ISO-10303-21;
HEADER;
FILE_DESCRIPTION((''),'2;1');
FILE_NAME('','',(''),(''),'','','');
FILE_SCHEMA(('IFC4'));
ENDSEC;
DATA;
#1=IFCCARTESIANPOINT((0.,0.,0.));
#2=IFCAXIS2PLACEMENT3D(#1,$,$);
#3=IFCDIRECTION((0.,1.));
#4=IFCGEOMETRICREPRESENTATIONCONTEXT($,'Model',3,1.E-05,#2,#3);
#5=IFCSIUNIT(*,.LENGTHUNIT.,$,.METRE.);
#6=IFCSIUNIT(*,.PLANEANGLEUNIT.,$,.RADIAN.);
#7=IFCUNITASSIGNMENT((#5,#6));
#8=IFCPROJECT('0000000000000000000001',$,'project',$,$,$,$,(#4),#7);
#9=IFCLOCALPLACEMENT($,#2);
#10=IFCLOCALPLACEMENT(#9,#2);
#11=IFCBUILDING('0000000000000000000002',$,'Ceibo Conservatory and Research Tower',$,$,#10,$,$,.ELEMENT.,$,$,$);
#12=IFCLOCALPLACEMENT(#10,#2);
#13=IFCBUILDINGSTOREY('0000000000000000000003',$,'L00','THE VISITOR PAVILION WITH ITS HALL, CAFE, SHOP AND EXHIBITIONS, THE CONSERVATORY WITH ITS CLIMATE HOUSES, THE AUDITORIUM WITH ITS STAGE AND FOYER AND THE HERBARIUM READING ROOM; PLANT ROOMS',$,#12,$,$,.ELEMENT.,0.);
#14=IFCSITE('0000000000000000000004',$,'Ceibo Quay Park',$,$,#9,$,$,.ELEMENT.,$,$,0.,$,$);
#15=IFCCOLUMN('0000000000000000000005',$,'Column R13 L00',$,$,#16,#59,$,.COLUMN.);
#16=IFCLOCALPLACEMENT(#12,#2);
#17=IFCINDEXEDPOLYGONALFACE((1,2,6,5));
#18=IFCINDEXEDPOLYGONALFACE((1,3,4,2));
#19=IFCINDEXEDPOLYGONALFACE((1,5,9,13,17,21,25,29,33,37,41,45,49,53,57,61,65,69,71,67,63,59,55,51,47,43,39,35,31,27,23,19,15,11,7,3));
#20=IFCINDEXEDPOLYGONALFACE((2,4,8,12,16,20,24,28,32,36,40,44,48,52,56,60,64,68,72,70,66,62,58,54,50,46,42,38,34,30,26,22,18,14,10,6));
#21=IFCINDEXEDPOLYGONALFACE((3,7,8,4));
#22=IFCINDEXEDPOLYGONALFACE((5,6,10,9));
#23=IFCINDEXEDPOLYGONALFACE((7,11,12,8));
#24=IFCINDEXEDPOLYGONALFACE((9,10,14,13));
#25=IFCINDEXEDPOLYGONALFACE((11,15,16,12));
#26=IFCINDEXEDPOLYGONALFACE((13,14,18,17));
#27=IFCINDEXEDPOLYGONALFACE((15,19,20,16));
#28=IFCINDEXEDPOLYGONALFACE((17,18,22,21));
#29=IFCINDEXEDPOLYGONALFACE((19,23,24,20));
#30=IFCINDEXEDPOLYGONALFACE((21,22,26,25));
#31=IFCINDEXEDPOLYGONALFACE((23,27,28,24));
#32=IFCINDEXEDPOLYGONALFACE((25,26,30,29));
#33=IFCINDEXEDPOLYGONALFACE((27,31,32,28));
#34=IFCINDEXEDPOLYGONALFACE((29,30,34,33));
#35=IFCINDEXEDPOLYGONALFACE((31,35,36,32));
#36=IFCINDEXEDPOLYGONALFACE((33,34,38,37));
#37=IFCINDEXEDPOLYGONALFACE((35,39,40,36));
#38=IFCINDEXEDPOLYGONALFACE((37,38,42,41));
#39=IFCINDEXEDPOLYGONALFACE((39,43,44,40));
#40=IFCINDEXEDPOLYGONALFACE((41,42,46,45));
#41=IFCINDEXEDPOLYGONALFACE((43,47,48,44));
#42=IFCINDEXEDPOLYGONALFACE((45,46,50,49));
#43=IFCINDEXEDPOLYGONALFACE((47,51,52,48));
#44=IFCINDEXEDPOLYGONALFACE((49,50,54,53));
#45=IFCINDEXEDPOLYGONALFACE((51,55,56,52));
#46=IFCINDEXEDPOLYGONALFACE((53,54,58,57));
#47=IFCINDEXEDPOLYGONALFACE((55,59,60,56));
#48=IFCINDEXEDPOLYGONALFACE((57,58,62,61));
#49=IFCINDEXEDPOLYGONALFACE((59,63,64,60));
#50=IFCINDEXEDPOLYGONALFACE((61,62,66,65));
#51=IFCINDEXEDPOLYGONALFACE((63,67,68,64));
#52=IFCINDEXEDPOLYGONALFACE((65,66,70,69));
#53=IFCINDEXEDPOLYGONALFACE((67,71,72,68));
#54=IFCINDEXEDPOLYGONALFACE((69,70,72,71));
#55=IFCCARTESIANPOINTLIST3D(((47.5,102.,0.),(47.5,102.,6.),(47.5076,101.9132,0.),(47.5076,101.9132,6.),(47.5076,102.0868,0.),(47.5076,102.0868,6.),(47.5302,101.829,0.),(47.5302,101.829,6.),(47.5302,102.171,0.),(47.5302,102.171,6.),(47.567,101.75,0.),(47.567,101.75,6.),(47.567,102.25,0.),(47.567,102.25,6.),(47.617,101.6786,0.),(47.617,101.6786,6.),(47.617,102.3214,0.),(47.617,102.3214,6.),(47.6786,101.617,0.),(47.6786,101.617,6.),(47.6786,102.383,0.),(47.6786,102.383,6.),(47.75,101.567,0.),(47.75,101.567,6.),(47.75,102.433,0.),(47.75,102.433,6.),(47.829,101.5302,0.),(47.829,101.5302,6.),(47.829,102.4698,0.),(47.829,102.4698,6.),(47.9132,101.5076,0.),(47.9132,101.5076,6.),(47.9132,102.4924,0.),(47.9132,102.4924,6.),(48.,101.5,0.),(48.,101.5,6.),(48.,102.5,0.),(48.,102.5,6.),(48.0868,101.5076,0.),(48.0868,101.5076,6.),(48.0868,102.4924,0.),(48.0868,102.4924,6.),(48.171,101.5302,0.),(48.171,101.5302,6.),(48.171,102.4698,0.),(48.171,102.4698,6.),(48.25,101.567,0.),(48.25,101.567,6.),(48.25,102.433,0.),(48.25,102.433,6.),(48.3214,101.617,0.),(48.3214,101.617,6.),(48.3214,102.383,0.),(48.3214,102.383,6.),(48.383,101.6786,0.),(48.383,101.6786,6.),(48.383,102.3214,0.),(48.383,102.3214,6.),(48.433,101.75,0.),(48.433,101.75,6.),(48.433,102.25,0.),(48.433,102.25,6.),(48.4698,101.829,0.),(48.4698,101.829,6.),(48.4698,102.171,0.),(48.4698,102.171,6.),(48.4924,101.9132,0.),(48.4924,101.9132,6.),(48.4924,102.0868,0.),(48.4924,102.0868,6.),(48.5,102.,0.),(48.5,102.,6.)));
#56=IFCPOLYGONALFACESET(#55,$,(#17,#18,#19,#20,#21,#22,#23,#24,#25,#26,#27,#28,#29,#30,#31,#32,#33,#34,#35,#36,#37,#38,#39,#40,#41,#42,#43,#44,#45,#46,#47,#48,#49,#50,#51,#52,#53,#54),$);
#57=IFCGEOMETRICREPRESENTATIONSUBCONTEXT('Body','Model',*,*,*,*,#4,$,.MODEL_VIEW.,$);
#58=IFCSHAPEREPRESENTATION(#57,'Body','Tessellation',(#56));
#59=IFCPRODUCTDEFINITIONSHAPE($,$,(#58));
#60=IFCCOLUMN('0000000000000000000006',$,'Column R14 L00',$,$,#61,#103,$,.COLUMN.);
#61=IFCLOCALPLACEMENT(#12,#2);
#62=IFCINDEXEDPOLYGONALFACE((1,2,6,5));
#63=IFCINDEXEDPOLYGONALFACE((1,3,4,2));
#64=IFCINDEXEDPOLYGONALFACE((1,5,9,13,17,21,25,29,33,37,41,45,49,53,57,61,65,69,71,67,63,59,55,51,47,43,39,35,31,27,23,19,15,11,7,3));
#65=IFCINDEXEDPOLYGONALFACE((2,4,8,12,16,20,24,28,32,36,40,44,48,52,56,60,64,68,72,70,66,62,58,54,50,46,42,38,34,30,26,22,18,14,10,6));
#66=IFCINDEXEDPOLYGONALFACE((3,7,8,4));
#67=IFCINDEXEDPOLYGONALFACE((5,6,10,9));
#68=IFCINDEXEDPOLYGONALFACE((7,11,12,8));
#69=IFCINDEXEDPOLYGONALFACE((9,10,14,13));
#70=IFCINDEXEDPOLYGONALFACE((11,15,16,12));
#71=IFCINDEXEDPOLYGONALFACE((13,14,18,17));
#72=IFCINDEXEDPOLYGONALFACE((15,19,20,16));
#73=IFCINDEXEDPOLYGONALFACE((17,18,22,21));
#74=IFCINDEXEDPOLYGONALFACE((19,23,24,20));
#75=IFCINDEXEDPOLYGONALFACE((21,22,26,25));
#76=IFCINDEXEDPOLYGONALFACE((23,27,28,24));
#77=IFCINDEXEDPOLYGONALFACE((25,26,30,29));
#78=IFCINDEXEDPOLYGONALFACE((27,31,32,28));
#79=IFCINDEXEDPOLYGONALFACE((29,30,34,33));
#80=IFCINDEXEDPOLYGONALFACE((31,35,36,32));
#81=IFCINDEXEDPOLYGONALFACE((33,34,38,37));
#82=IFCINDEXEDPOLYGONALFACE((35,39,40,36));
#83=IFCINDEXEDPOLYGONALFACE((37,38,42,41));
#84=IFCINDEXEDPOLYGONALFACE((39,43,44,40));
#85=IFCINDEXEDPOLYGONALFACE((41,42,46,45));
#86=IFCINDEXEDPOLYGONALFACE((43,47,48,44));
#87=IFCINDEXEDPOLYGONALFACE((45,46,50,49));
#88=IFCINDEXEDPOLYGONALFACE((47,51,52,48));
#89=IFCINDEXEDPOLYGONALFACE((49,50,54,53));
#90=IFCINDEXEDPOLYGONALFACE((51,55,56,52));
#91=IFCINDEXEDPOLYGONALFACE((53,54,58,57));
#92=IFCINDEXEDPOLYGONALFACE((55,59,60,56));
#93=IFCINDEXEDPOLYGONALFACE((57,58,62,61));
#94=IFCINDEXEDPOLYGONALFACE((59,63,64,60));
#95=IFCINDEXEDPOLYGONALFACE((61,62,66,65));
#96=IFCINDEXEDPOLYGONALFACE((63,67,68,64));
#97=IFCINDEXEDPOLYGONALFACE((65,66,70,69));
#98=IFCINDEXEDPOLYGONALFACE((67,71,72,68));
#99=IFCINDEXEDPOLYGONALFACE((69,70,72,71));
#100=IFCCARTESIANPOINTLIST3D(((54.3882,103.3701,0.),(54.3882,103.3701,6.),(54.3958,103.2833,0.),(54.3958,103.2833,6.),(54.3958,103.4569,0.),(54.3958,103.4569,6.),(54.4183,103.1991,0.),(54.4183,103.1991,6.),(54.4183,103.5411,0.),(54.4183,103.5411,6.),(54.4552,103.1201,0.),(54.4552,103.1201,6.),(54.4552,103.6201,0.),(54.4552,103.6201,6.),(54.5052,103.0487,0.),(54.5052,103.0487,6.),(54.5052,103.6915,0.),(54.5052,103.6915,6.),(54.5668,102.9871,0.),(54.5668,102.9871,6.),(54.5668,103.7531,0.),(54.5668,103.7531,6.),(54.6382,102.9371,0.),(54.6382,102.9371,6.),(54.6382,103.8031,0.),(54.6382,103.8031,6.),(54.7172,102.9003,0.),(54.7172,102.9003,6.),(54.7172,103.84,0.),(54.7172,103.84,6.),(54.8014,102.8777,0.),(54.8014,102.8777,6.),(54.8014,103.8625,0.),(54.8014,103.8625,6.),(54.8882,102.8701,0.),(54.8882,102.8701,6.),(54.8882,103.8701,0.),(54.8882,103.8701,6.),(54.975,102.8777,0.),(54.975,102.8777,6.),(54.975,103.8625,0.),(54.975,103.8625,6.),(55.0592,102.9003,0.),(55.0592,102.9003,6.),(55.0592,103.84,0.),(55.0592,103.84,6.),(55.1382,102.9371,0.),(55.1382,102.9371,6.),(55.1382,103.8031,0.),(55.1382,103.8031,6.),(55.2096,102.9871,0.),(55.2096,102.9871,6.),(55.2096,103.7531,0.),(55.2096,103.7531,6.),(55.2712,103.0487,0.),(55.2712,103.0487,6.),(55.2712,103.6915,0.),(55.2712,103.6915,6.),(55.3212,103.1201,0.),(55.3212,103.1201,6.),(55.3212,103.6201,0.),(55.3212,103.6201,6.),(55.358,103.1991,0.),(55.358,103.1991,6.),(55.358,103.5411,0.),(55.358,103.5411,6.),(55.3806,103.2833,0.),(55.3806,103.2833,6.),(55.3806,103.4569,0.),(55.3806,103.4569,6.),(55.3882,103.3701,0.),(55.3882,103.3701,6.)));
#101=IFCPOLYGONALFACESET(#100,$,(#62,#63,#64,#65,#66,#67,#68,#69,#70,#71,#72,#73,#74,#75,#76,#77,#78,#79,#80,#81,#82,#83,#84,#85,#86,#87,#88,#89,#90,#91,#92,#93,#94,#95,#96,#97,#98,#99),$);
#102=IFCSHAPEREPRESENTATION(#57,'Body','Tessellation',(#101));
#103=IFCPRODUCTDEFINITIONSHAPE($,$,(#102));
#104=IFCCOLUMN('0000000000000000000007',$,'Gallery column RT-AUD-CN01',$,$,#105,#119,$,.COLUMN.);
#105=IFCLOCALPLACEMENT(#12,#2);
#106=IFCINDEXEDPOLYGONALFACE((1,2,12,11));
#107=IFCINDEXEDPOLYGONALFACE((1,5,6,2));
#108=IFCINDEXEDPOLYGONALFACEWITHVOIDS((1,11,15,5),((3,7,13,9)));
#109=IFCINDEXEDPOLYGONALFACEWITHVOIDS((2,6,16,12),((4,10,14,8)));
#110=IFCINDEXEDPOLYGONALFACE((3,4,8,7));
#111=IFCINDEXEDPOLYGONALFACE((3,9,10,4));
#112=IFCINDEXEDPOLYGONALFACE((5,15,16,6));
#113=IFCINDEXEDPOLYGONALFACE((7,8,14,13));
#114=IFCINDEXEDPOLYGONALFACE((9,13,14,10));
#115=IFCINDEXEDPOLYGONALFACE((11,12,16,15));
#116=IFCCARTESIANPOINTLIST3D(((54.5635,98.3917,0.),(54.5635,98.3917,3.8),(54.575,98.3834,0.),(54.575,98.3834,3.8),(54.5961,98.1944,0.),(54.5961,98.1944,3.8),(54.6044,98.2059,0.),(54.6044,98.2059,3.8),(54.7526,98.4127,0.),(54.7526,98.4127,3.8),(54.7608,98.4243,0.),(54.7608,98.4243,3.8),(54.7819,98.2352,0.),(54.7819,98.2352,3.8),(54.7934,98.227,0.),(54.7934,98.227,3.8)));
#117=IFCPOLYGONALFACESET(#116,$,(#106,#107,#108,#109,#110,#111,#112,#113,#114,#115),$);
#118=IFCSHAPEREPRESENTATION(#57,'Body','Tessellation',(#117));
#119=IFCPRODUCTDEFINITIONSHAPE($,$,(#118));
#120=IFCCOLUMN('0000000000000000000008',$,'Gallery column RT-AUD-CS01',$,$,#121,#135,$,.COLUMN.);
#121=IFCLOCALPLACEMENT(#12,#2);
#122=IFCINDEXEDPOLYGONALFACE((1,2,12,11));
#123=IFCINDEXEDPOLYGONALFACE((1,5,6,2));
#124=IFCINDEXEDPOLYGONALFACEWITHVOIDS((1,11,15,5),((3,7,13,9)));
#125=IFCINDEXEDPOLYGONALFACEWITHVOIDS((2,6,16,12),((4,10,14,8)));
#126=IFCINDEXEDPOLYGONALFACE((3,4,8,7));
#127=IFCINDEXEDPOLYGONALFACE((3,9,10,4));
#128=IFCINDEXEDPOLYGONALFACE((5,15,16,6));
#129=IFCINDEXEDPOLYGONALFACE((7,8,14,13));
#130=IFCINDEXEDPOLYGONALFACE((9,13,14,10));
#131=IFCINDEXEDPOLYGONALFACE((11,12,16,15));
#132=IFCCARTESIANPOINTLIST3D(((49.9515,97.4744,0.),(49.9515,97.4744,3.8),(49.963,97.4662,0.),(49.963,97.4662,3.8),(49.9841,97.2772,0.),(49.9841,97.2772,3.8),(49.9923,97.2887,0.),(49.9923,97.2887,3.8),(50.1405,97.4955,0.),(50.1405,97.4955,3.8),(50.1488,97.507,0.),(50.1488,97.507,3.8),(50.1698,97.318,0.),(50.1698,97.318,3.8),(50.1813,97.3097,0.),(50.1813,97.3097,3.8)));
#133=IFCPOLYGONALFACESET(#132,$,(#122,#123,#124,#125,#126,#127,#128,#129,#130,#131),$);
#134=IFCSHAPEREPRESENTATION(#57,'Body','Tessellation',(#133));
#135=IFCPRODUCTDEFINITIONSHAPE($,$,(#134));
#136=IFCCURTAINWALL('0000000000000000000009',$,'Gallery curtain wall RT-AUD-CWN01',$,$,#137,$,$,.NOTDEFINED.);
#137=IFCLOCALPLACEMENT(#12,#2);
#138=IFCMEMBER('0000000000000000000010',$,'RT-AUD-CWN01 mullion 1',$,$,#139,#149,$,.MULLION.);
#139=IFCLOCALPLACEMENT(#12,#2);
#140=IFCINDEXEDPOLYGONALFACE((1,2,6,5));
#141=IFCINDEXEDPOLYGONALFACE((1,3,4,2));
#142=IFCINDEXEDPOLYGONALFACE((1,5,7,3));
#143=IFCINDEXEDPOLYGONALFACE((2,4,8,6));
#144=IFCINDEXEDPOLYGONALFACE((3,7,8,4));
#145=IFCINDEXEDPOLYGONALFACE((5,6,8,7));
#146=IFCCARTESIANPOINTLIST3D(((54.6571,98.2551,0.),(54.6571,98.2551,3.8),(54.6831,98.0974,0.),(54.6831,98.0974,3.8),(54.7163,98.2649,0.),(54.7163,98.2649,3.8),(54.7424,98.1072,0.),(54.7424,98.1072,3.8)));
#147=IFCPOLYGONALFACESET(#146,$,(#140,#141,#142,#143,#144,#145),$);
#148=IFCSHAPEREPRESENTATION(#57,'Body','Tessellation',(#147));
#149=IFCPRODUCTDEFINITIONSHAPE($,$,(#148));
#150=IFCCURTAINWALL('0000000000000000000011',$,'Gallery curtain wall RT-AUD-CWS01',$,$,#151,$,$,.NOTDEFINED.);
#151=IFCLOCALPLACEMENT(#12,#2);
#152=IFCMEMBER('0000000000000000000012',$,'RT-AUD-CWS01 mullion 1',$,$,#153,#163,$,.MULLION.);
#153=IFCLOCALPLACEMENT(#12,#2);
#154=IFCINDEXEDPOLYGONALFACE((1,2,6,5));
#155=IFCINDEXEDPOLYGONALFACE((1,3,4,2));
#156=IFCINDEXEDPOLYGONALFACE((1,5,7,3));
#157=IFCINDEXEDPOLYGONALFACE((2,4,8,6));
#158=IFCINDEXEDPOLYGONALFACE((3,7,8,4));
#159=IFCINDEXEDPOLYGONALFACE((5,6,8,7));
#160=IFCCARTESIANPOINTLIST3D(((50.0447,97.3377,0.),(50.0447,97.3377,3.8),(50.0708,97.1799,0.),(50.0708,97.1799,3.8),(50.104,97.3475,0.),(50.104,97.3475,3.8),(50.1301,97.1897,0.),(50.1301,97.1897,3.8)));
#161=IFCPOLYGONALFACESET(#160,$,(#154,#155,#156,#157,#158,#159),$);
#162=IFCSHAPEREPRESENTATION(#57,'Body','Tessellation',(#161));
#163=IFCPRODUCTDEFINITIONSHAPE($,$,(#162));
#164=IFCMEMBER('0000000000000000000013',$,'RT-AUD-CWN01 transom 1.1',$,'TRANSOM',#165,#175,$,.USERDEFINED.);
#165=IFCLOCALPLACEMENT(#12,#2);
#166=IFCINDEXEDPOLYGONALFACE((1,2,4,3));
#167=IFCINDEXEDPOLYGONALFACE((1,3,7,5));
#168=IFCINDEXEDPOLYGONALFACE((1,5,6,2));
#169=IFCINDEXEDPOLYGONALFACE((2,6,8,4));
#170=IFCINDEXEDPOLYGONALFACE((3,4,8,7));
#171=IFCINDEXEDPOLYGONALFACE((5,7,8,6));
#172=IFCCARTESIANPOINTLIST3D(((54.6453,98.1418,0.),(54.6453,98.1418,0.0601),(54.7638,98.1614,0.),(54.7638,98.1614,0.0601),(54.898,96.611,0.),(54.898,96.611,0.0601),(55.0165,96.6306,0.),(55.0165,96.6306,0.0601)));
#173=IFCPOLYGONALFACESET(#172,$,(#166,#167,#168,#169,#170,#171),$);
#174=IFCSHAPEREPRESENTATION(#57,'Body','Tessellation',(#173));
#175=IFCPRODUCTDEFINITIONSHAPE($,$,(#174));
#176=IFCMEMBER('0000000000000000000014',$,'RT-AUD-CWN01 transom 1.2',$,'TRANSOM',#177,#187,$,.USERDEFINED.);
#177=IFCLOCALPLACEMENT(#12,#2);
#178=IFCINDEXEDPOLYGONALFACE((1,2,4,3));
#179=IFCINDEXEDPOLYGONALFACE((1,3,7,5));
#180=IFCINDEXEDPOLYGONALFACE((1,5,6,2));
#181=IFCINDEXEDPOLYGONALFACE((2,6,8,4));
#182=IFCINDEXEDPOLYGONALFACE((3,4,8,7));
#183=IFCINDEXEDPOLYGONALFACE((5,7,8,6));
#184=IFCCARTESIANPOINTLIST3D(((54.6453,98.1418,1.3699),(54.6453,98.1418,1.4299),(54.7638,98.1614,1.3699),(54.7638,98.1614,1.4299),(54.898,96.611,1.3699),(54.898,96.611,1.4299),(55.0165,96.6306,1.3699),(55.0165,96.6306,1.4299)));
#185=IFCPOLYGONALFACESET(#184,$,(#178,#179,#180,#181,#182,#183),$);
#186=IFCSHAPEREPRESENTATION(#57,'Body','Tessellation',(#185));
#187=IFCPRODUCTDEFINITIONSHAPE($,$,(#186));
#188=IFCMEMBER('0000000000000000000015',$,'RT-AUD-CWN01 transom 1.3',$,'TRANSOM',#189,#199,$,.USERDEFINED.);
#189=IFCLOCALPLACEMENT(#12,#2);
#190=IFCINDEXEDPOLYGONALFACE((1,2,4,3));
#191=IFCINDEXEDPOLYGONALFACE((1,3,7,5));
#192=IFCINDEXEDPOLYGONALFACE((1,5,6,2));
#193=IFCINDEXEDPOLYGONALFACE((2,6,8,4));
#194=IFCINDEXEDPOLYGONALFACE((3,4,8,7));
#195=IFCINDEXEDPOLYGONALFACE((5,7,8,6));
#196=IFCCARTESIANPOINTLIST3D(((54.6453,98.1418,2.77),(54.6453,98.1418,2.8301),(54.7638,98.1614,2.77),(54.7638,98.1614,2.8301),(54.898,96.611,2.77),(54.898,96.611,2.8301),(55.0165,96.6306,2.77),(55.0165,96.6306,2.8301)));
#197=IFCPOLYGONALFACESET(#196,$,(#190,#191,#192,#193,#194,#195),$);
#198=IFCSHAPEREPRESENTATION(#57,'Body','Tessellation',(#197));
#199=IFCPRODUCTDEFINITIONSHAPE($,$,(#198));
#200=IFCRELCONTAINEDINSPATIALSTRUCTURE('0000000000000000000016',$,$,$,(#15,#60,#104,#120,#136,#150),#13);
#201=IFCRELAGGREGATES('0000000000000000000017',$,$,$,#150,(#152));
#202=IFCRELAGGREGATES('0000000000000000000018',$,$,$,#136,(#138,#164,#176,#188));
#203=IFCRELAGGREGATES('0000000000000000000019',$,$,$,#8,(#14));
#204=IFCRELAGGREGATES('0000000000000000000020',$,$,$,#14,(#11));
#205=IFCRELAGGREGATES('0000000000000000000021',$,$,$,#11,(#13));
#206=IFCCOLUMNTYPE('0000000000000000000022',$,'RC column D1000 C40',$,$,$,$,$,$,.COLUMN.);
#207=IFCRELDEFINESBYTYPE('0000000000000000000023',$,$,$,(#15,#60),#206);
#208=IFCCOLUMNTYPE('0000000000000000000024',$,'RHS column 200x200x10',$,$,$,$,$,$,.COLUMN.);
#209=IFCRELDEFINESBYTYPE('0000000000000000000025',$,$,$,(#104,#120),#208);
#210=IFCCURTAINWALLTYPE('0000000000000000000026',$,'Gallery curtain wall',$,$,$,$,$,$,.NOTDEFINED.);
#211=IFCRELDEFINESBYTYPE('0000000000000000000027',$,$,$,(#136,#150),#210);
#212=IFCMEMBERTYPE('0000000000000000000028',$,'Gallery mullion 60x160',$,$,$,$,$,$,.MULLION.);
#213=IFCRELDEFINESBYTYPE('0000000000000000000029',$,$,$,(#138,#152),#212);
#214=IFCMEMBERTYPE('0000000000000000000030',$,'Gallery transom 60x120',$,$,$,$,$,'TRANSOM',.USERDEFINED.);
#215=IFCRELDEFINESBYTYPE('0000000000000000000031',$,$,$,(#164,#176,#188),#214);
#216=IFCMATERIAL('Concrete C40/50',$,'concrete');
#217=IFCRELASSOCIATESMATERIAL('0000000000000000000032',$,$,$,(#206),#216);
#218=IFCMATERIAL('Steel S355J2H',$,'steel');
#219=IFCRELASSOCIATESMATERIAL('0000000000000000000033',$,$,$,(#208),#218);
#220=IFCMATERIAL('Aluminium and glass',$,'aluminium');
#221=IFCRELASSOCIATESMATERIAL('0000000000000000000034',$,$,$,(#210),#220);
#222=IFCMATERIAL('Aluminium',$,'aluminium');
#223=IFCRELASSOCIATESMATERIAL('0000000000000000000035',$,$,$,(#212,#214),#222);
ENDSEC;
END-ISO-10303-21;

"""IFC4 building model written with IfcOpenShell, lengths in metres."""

from ifc_helpers import new_model, si_unit, direction, frame, origin, origin_2d, place, context, subcontext, project, spatial, rectangle, hollow_rectangle, circle, extrude, material, material_profile, profile_set, type_object, element, aggregate, save


model = new_model("IFC4")

# Units and contexts
model_context = context("Model", 3, precision=1e-05, world=origin(), true_north=direction((0.0, 1.0)))
body_context = subcontext(model_context, "Body", "Model", "MODEL_VIEW")
ifc_project = project(units=[si_unit("LENGTHUNIT", "METRE"), si_unit("PLANEANGLEUNIT", "RADIAN")], contexts=[model_context])

# Site, building, storey
site_placement = place(None, origin())
site = spatial("IfcSite", under=ifc_project, at=site_placement, Name="Ceibo Quay Park", CompositionType="ELEMENT", RefElevation=0.0)
building_placement = place(site_placement, origin())
building = spatial("IfcBuilding", under=site, at=building_placement, Name="Ceibo Conservatory and Research Tower", CompositionType="ELEMENT")
storey_placement = place(building_placement, origin())
storey = spatial("IfcBuildingStorey", under=building, at=storey_placement, Name="L00", Description="THE VISITOR PAVILION WITH ITS HALL, CAFE, SHOP AND EXHIBITIONS, THE CONSERVATORY WITH ITS CLIMATE HOUSES, THE AUDITORIUM WITH ITS STAGE AND FOYER AND THE HERBARIUM READING ROOM; PLANT ROOMS", CompositionType="ELEMENT", Elevation=0.0)

# Columns
ifc_material_1 = material(Name="Concrete C40/50", Category="concrete")
ifc_material_profile_1 = material_profile(ifc_material_1, circle(Radius=0.5, at=origin_2d()), Name="RC D1000")
ifc_profile_set_1 = profile_set([ifc_material_profile_1], Name="Concrete C40/50")
column_type_1 = type_object("IfcColumnType", Name="RC column D1000 C40", PredefinedType="COLUMN", material=ifc_profile_set_1)
for number, where, z_axis, x_axis, name in (
    (1, (48.0, 102.0, 0.0), (0.0, 0.0, 1.0), (1.0, 0.0, 0.0), "Column R13 L00"),
    (2, (54.8882, 103.3701, 0.0), (0.0, 0.0, 1.0), (1.0, 0.0, 0.0), "Column R14 L00"),
):
    element("IfcColumn", number, at=place(storey_placement, frame(where, z_axis=z_axis, x_axis=x_axis)), inside=storey, type_object=column_type_1, Name=name, PredefinedType="COLUMN", context=body_context, shape_type="SweptSolid", body=[
        extrude(circle(Radius=0.5, at=origin_2d()), origin(), (0.0, 0.0, 1.0), 6.0),
    ])
ifc_material_2 = material(Name="Steel S355J2H", Category="steel")
ifc_material_profile_2 = material_profile(ifc_material_2, hollow_rectangle(XDim=0.2, YDim=0.2, WallThickness=0.01, at=origin_2d()), Name="RHS column 200x200x10")
ifc_profile_set_2 = profile_set([ifc_material_profile_2], Name="Steel S355J2H")
column_type_2 = type_object("IfcColumnType", Name="RHS column 200x200x10", PredefinedType="COLUMN", material=ifc_profile_set_2)
for number, where, z_axis, x_axis, name in (
    (3, (54.6785, 98.3093, 0.0), (0.0, 0.0, 1.0), (0.162895, -0.986643, 0.0), "Gallery column RT-AUD-CN01"),
    (4, (50.0664, 97.3921, 0.0), (0.0, 0.0, 1.0), (0.162895, -0.986643, 0.0), "Gallery column RT-AUD-CS01"),
):
    element("IfcColumn", number, at=place(storey_placement, frame(where, z_axis=z_axis, x_axis=x_axis)), inside=storey, type_object=column_type_2, Name=name, PredefinedType="COLUMN", context=body_context, shape_type="SweptSolid", body=[
        extrude(hollow_rectangle(XDim=0.2, YDim=0.2, WallThickness=0.01, at=origin_2d()), origin(), (0.0, 0.0, 1.0), 3.8),
    ])

# Curtain walls, members
ifc_material_3 = material(Name="Aluminium and glass", Category="aluminium")
curtain_wall_type = type_object("IfcCurtainWallType", Name="Gallery curtain wall", PredefinedType="NOTDEFINED", material=ifc_material_3)
curtain_wall_1_placement = place(storey_placement, origin())
curtain_wall_1 = element("IfcCurtainWall", 5, at=curtain_wall_1_placement, inside=storey, type_object=curtain_wall_type, Name="Gallery curtain wall RT-AUD-CWN01", PredefinedType="NOTDEFINED")
ifc_material_4 = material(Name="Aluminium", Category="aluminium")
ifc_material_profile_3 = material_profile(ifc_material_4, rectangle(XDim=0.0601, YDim=0.1599, at=origin_2d()), Name="AL 60x160")
ifc_profile_set_3 = profile_set([ifc_material_profile_3], Name="Aluminium")
member_type_1 = type_object("IfcMemberType", Name="Gallery mullion 60x160", PredefinedType="MULLION", material=ifc_profile_set_3)
member_1_placement = place(storey_placement, frame((54.6997, 98.1812, 0.0), z_axis=(0.0, 0.0, 1.0), x_axis=(0.986643, 0.162895, 0.0)))
member_1 = element("IfcMember", 6, at=member_1_placement, type_object=member_type_1, Name="RT-AUD-CWN01 mullion 1", PredefinedType="MULLION", context=body_context, shape_type="SweptSolid", body=[
    extrude(rectangle(XDim=0.0601, YDim=0.1599, at=origin_2d()), origin(), (0.0, 0.0, 1.0), 3.8),
])
curtain_wall_2_placement = place(storey_placement, origin())
curtain_wall_2 = element("IfcCurtainWall", 7, at=curtain_wall_2_placement, inside=storey, type_object=curtain_wall_type, Name="Gallery curtain wall RT-AUD-CWS01", PredefinedType="NOTDEFINED")
member_2_placement = place(storey_placement, frame((50.0874, 97.2637, 0.0), z_axis=(0.0, 0.0, 1.0), x_axis=(0.986643, 0.162895, 0.0)))
member_2 = element("IfcMember", 8, at=member_2_placement, type_object=member_type_1, Name="RT-AUD-CWS01 mullion 1", PredefinedType="MULLION", context=body_context, shape_type="SweptSolid", body=[
    extrude(rectangle(XDim=0.0601, YDim=0.1599, at=origin_2d()), origin(), (0.0, 0.0, 1.0), 3.8),
])

# Members
ifc_material_profile_4 = material_profile(ifc_material_4, rectangle(XDim=0.1201, YDim=0.0601, at=origin_2d()), Name="AL 60x120")
ifc_profile_set_4 = profile_set([ifc_material_profile_4], Name="Aluminium")
member_type_2 = type_object("IfcMemberType", Name="Gallery transom 60x120", ElementType="TRANSOM", PredefinedType="USERDEFINED", material=ifc_profile_set_4)
member_3_placement = place(storey_placement, frame((54.7046, 98.1516, 0.03), z_axis=(0.162868, -0.986648, 0.0), x_axis=(0.986648, 0.162868, 0.0)))
member_3 = element("IfcMember", 9, at=member_3_placement, type_object=member_type_2, Name="RT-AUD-CWN01 transom 1.1", ObjectType="TRANSOM", PredefinedType="USERDEFINED", context=body_context, shape_type="SweptSolid", body=[
    extrude(rectangle(XDim=0.1201, YDim=0.0601, at=origin_2d()), origin(), (0.0, 0.0, 1.0), 1.5515),
])
member_4_placement = place(storey_placement, frame((54.7046, 98.1516, 1.3999), z_axis=(0.162868, -0.986648, 0.0), x_axis=(0.986648, 0.162868, 0.0)))
member_4 = element("IfcMember", 10, at=member_4_placement, type_object=member_type_2, Name="RT-AUD-CWN01 transom 1.2", ObjectType="TRANSOM", PredefinedType="USERDEFINED", context=body_context, shape_type="SweptSolid", body=[
    extrude(rectangle(XDim=0.1201, YDim=0.0601, at=origin_2d()), origin(), (0.0, 0.0, 1.0), 1.5515),
])
member_5_placement = place(storey_placement, frame((54.7046, 98.1516, 2.8), z_axis=(0.162868, -0.986648, 0.0), x_axis=(0.986648, 0.162868, 0.0)))
member_5 = element("IfcMember", 11, at=member_5_placement, type_object=member_type_2, Name="RT-AUD-CWN01 transom 1.3", ObjectType="TRANSOM", PredefinedType="USERDEFINED", context=body_context, shape_type="SweptSolid", body=[
    extrude(rectangle(XDim=0.1201, YDim=0.0601, at=origin_2d()), origin(), (0.0, 0.0, 1.0), 1.5515),
])
aggregate(curtain_wall_2, [member_2])

aggregate(curtain_wall_1, [member_1, member_3, member_4, member_5])

save(model, "model.ifc")
